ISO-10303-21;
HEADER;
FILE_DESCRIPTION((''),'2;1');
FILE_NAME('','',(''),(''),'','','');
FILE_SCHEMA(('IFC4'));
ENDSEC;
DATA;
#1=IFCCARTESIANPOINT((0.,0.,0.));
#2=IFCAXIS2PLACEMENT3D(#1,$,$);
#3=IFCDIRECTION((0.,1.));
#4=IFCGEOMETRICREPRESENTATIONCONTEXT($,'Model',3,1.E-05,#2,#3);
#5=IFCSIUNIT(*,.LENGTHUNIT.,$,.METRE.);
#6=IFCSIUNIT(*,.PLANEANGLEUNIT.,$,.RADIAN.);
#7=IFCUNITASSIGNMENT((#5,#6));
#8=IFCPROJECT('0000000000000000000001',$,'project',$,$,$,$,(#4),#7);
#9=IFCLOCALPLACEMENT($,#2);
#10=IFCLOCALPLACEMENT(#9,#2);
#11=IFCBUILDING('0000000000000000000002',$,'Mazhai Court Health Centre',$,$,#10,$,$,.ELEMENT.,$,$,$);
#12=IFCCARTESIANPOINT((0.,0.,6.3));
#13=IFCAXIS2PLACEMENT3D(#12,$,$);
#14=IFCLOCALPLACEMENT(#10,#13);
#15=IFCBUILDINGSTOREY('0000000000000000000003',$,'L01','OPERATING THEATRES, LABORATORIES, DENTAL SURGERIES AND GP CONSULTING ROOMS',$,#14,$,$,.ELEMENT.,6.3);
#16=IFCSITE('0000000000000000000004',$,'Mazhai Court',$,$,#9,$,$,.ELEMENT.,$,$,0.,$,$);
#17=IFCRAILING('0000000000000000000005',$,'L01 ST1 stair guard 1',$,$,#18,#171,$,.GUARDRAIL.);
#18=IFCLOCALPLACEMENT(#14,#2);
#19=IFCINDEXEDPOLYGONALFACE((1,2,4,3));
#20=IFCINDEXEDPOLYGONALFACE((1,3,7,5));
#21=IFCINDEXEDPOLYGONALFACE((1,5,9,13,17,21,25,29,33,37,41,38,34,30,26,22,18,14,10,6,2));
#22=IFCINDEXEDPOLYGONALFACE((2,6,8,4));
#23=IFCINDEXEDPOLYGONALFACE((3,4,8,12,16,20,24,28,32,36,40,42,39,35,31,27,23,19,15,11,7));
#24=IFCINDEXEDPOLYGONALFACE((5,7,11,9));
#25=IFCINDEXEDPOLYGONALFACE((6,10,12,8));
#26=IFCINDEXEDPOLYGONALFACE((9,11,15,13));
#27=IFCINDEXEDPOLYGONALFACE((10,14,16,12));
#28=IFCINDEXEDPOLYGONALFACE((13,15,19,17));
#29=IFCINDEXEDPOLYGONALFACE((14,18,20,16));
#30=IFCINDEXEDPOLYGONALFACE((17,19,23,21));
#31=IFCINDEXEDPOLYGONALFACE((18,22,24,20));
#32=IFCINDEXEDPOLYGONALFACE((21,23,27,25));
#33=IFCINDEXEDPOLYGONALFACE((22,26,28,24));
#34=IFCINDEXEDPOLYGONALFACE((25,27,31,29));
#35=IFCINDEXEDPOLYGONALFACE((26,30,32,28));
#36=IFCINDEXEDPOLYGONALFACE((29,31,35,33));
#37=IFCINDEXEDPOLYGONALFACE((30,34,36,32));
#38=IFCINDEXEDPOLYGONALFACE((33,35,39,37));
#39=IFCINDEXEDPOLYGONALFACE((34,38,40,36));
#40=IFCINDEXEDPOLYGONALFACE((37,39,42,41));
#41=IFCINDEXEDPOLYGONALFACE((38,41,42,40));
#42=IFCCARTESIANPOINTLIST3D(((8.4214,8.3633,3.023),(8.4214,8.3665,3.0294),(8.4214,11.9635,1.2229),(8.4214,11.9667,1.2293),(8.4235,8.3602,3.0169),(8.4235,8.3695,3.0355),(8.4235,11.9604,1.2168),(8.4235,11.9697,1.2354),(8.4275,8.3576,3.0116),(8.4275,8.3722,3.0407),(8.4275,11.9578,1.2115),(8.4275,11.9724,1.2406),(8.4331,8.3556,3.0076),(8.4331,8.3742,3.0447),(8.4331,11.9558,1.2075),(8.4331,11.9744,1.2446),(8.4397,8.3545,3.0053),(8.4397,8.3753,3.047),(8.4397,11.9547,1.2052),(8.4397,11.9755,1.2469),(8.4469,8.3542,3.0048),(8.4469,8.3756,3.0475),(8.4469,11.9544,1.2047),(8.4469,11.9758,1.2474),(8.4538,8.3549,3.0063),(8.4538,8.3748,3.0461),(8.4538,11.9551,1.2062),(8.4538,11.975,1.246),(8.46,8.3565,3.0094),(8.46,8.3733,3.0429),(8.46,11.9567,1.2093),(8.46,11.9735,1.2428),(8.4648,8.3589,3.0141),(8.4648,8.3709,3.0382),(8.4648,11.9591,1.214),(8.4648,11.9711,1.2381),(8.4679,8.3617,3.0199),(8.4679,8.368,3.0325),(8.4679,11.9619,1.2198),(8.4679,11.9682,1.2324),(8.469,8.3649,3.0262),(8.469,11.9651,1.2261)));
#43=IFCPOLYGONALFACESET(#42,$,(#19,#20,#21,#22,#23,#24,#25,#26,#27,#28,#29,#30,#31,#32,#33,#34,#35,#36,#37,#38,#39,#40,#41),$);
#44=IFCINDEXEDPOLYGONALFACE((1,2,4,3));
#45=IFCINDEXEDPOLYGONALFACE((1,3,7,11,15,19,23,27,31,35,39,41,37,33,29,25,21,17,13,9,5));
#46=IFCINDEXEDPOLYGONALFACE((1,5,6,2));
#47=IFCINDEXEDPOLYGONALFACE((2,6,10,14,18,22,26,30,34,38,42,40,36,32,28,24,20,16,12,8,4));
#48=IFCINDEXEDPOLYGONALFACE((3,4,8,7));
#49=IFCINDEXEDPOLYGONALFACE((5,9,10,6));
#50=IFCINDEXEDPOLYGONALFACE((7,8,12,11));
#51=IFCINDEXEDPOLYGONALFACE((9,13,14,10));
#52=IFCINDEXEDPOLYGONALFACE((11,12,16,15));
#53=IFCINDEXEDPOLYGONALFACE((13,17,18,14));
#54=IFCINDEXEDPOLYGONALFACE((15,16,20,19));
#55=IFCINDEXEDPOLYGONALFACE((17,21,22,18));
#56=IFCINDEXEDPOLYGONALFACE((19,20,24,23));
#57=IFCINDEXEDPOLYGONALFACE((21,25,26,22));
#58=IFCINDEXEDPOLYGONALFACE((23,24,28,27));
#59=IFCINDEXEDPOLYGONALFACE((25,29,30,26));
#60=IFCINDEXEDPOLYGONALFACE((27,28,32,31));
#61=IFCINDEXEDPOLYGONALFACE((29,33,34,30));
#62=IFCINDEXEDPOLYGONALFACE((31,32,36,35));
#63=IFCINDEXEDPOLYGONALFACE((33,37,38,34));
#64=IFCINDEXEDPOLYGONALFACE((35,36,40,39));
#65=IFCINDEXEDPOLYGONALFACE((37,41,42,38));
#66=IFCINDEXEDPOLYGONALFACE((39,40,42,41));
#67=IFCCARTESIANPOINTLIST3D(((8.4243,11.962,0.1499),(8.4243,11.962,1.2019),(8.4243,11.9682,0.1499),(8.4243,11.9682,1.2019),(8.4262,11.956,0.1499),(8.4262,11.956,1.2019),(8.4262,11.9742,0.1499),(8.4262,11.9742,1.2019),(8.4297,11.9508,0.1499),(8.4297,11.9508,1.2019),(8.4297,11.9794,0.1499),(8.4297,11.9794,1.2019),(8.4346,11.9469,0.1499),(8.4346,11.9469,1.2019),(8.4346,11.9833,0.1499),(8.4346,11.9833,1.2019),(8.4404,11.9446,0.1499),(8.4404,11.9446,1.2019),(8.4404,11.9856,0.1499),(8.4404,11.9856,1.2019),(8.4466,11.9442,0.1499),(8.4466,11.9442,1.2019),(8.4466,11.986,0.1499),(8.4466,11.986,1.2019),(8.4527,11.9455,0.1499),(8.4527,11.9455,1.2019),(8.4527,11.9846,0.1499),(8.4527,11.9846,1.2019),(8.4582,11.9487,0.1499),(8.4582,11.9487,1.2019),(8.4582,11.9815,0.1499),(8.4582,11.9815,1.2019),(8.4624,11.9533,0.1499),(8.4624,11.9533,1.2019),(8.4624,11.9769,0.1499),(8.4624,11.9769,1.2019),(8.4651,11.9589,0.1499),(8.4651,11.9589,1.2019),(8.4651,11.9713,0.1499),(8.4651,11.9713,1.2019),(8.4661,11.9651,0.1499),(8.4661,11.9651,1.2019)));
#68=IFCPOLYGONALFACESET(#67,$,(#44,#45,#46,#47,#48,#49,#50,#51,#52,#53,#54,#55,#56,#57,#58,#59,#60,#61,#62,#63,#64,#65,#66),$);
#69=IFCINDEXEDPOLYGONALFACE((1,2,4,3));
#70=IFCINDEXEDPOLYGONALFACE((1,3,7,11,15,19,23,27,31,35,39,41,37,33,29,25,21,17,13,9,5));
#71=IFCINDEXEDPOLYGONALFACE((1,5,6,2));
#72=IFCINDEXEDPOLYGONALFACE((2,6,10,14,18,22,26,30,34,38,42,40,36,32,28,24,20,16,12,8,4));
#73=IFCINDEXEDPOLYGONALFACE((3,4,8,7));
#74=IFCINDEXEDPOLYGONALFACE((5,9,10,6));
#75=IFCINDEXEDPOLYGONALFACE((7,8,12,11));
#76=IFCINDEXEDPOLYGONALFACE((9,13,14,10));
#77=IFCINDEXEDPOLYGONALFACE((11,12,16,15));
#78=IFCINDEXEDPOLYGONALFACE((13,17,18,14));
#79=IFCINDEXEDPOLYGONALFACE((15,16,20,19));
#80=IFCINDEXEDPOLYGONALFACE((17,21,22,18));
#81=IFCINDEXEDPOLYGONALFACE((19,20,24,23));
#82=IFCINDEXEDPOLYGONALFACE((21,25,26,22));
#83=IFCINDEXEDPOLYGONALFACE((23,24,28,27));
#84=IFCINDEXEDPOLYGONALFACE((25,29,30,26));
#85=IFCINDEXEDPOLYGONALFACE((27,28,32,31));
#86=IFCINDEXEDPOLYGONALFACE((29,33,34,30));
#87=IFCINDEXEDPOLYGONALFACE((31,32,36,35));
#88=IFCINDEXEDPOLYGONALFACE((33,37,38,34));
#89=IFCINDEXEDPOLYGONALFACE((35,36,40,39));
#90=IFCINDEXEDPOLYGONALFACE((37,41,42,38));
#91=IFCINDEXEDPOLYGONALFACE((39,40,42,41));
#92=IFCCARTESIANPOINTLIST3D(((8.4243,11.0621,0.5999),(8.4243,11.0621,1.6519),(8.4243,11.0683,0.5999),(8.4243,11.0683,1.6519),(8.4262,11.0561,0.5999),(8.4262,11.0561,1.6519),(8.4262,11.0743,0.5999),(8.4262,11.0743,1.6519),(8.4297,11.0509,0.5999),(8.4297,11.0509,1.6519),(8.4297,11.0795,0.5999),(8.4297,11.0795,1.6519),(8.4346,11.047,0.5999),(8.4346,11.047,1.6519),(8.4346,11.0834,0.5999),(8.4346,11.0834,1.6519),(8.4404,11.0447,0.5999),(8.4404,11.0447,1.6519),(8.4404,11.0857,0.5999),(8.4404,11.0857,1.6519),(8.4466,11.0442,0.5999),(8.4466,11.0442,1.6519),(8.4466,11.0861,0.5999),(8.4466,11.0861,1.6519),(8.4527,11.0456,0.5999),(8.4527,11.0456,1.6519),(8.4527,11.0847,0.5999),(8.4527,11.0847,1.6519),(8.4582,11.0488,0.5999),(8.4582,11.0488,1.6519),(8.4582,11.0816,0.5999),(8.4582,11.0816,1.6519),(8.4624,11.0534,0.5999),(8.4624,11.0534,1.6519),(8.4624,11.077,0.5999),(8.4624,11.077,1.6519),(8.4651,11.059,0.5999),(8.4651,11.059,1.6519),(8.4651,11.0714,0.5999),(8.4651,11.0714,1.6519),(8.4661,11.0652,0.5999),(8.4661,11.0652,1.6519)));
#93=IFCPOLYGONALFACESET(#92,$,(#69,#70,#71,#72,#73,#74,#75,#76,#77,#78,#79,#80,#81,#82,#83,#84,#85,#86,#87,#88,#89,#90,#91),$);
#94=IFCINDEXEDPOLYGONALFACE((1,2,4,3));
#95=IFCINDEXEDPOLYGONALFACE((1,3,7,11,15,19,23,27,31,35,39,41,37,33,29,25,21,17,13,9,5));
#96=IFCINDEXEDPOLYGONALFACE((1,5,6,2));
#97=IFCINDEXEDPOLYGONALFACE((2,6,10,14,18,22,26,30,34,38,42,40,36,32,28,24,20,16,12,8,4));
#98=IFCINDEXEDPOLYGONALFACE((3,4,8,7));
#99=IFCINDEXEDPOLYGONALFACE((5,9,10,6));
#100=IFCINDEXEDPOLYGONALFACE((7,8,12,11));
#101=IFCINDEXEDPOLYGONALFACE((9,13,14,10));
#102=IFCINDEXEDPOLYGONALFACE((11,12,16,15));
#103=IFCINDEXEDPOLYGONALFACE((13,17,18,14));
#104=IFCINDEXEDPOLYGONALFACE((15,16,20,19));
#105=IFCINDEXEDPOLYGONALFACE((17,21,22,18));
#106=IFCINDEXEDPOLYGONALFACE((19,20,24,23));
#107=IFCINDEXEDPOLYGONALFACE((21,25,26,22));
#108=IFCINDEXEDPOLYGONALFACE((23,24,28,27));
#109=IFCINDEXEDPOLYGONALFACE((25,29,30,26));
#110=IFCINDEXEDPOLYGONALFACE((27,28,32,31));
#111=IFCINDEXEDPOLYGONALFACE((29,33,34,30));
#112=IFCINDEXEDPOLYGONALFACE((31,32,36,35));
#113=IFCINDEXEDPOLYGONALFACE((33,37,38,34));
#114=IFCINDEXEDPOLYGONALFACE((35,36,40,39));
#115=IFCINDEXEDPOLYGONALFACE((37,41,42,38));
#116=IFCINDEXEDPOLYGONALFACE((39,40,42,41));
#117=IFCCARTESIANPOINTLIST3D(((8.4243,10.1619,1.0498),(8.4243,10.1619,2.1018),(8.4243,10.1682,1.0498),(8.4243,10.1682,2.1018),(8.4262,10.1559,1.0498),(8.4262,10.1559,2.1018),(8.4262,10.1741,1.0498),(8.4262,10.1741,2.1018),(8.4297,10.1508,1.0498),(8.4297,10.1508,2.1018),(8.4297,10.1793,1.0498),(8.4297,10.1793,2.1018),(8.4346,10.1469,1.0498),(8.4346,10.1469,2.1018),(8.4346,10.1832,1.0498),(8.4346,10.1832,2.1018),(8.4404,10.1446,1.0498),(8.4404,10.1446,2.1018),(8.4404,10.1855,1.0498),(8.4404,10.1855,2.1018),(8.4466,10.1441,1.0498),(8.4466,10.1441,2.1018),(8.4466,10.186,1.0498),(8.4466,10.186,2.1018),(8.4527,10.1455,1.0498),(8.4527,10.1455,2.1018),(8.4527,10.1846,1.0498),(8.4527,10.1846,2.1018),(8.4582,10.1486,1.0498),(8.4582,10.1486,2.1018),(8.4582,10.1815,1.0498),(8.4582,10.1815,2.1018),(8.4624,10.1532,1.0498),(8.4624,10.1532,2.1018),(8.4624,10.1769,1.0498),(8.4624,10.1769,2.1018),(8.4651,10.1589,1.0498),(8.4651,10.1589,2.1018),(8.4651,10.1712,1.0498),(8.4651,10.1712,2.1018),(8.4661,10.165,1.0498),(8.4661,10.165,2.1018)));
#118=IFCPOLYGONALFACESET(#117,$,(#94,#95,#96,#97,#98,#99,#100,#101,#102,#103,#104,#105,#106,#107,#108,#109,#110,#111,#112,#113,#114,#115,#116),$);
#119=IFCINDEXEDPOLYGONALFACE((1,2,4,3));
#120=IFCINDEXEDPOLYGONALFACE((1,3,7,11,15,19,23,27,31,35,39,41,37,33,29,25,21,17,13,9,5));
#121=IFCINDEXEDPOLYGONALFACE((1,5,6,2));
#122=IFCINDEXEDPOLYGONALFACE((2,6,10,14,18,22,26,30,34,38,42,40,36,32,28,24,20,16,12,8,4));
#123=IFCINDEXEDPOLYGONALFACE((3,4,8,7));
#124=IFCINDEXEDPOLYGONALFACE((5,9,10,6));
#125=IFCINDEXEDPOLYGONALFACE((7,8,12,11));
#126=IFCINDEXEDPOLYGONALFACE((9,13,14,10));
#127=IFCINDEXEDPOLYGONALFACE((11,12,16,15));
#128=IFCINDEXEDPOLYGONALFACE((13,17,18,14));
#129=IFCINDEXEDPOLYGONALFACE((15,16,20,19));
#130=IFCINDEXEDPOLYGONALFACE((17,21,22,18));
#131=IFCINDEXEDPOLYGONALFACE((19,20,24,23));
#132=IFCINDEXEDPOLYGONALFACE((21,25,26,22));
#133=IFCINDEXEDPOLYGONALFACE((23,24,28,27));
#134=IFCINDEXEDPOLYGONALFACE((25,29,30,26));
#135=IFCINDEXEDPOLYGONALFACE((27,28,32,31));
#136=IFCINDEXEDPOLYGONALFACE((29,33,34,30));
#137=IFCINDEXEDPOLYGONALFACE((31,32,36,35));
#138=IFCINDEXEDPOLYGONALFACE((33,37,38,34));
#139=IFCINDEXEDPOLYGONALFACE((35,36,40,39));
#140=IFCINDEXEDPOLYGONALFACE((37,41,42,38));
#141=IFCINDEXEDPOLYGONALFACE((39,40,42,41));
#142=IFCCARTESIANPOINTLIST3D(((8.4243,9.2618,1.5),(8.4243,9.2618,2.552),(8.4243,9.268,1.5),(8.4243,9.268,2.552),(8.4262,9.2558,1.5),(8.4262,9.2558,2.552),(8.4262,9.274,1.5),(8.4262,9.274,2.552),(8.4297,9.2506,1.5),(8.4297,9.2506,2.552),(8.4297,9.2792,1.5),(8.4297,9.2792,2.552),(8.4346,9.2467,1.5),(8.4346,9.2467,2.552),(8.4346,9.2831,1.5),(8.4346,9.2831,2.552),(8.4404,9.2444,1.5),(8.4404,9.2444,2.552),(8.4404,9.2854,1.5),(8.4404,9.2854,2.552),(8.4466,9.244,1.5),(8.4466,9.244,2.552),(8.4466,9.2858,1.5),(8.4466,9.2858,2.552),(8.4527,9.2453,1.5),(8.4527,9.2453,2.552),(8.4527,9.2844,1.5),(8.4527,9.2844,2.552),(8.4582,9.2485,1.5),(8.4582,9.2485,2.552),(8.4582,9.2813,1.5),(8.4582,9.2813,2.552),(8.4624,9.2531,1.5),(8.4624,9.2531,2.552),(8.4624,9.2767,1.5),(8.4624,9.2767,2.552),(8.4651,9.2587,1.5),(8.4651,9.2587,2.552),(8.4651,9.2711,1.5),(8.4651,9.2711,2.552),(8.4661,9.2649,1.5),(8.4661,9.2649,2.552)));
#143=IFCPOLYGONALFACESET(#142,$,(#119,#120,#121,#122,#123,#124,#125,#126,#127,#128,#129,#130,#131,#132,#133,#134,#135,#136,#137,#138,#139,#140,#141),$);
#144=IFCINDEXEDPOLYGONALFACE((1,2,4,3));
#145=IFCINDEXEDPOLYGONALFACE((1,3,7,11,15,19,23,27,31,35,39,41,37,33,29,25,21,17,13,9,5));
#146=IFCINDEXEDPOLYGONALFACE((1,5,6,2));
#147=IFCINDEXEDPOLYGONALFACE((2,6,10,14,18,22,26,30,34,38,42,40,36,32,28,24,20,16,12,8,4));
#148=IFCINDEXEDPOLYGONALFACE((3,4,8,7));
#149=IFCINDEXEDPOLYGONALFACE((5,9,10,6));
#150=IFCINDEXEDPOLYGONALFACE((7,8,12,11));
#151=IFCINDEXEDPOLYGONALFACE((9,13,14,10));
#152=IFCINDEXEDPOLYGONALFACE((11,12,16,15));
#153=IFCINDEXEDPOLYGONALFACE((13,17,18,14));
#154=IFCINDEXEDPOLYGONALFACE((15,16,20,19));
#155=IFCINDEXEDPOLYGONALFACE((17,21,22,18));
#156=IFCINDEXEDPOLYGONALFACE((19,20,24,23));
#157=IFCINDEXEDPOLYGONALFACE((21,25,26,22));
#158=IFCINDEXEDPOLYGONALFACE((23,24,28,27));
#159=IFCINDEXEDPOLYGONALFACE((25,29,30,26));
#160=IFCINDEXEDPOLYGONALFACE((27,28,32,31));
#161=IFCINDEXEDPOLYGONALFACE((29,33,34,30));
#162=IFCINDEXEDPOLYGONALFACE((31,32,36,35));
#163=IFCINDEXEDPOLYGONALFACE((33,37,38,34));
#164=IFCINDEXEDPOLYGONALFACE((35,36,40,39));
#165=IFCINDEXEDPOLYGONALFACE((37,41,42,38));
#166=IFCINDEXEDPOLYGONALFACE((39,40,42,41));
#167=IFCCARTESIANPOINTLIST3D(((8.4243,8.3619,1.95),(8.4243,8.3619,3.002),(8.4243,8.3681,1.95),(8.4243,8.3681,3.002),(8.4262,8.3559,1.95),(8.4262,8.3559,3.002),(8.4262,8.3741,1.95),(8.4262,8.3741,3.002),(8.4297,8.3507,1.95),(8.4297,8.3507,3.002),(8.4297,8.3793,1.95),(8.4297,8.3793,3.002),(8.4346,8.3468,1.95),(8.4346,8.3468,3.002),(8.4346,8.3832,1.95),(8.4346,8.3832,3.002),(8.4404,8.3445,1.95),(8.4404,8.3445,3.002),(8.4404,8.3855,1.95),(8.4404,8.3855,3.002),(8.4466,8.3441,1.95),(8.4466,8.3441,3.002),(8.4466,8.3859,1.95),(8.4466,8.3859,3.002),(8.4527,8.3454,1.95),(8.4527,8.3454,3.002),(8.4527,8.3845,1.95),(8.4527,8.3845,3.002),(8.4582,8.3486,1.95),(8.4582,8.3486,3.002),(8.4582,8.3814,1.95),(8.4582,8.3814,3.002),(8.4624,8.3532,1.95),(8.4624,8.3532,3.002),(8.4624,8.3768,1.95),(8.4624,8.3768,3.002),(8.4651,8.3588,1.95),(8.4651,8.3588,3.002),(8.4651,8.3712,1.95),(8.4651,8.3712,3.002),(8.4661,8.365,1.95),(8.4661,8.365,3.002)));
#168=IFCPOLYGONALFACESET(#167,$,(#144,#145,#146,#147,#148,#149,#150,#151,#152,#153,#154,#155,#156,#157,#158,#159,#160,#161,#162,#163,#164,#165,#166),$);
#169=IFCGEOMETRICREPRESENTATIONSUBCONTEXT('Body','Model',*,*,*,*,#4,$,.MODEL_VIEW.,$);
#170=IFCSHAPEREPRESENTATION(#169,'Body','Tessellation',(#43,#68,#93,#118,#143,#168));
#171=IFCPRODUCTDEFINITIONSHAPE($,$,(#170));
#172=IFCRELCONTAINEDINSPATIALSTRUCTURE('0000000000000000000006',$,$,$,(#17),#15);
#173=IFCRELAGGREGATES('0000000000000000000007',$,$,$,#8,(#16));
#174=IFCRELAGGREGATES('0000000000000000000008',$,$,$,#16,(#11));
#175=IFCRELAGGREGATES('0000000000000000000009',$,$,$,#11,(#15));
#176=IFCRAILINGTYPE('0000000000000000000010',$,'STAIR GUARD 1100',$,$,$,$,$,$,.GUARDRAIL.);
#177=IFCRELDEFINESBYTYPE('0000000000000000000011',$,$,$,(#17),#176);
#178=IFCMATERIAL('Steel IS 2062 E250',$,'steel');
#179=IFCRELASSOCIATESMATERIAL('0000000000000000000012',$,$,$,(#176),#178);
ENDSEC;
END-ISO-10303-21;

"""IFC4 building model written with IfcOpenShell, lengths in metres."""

from ifc_helpers import new_model, si_unit, direction, frame, origin, origin_2d, place, context, subcontext, project, spatial, circle, extrude, material, type_object, element, save


model = new_model("IFC4")

# Units and contexts
model_context = context("Model", 3, precision=1e-05, world=origin(), true_north=direction((0.0, 1.0)))
body_context = subcontext(model_context, "Body", "Model", "MODEL_VIEW")
ifc_project = project(units=[si_unit("LENGTHUNIT", "METRE"), si_unit("PLANEANGLEUNIT", "RADIAN")], contexts=[model_context])

# Site, building, storey
site_placement = place(None, origin())
site = spatial("IfcSite", under=ifc_project, at=site_placement, Name="Mazhai Court", CompositionType="ELEMENT", RefElevation=0.0)
building_placement = place(site_placement, origin())
building = spatial("IfcBuilding", under=site, at=building_placement, Name="Mazhai Court Health Centre", CompositionType="ELEMENT")
storey_placement = place(building_placement, frame((0.0, 0.0, 6.3)))
storey = spatial("IfcBuildingStorey", under=building, at=storey_placement, Name="L01", Description="OPERATING THEATRES, LABORATORIES, DENTAL SURGERIES AND GP CONSULTING ROOMS", CompositionType="ELEMENT", Elevation=6.3)

# Railing
ifc_material_1 = material(Name="Steel IS 2062 E250", Category="steel")
railing_type_1 = type_object("IfcRailingType", Name="STAIR GUARD 1100", PredefinedType="GUARDRAIL", material=ifc_material_1)
railing_1_placement = place(storey_placement, frame((8.4451, 11.9651, 0.1499)))
element("IfcRailing", 1, at=railing_1_placement, inside=storey, type_object=railing_type_1, Name="L01 ST1 stair guard 1", PredefinedType="GUARDRAIL", context=body_context, shape_type="SweptSolid", body=[
    extrude(circle(Radius=0.0239, at=origin_2d()), frame((0.0, 0.0, 1.0762), z_axis=(0.0, -0.894427, 0.447214), x_axis=(1.0, 0.0, 0.0)), (0.0, 0.0, 1.0), 4.0251),
    extrude(circle(Radius=0.021, at=origin_2d()), origin(), (0.0, 0.0, 1.0), 1.052),
    extrude(circle(Radius=0.021, at=origin_2d()), frame((0.0, -0.8999, 0.45)), (0.0, 0.0, 1.0), 1.052),
    extrude(circle(Radius=0.021, at=origin_2d()), frame((0.0, -1.8, 0.8999)), (0.0, 0.0, 1.0), 1.052),
    extrude(circle(Radius=0.021, at=origin_2d()), frame((0.0, -2.7002, 1.3501)), (0.0, 0.0, 1.0), 1.052),
    extrude(circle(Radius=0.021, at=origin_2d()), frame((0.0, -3.6001, 1.8)), (0.0, 0.0, 1.0), 1.052),
])

save(model, "model.ifc")
